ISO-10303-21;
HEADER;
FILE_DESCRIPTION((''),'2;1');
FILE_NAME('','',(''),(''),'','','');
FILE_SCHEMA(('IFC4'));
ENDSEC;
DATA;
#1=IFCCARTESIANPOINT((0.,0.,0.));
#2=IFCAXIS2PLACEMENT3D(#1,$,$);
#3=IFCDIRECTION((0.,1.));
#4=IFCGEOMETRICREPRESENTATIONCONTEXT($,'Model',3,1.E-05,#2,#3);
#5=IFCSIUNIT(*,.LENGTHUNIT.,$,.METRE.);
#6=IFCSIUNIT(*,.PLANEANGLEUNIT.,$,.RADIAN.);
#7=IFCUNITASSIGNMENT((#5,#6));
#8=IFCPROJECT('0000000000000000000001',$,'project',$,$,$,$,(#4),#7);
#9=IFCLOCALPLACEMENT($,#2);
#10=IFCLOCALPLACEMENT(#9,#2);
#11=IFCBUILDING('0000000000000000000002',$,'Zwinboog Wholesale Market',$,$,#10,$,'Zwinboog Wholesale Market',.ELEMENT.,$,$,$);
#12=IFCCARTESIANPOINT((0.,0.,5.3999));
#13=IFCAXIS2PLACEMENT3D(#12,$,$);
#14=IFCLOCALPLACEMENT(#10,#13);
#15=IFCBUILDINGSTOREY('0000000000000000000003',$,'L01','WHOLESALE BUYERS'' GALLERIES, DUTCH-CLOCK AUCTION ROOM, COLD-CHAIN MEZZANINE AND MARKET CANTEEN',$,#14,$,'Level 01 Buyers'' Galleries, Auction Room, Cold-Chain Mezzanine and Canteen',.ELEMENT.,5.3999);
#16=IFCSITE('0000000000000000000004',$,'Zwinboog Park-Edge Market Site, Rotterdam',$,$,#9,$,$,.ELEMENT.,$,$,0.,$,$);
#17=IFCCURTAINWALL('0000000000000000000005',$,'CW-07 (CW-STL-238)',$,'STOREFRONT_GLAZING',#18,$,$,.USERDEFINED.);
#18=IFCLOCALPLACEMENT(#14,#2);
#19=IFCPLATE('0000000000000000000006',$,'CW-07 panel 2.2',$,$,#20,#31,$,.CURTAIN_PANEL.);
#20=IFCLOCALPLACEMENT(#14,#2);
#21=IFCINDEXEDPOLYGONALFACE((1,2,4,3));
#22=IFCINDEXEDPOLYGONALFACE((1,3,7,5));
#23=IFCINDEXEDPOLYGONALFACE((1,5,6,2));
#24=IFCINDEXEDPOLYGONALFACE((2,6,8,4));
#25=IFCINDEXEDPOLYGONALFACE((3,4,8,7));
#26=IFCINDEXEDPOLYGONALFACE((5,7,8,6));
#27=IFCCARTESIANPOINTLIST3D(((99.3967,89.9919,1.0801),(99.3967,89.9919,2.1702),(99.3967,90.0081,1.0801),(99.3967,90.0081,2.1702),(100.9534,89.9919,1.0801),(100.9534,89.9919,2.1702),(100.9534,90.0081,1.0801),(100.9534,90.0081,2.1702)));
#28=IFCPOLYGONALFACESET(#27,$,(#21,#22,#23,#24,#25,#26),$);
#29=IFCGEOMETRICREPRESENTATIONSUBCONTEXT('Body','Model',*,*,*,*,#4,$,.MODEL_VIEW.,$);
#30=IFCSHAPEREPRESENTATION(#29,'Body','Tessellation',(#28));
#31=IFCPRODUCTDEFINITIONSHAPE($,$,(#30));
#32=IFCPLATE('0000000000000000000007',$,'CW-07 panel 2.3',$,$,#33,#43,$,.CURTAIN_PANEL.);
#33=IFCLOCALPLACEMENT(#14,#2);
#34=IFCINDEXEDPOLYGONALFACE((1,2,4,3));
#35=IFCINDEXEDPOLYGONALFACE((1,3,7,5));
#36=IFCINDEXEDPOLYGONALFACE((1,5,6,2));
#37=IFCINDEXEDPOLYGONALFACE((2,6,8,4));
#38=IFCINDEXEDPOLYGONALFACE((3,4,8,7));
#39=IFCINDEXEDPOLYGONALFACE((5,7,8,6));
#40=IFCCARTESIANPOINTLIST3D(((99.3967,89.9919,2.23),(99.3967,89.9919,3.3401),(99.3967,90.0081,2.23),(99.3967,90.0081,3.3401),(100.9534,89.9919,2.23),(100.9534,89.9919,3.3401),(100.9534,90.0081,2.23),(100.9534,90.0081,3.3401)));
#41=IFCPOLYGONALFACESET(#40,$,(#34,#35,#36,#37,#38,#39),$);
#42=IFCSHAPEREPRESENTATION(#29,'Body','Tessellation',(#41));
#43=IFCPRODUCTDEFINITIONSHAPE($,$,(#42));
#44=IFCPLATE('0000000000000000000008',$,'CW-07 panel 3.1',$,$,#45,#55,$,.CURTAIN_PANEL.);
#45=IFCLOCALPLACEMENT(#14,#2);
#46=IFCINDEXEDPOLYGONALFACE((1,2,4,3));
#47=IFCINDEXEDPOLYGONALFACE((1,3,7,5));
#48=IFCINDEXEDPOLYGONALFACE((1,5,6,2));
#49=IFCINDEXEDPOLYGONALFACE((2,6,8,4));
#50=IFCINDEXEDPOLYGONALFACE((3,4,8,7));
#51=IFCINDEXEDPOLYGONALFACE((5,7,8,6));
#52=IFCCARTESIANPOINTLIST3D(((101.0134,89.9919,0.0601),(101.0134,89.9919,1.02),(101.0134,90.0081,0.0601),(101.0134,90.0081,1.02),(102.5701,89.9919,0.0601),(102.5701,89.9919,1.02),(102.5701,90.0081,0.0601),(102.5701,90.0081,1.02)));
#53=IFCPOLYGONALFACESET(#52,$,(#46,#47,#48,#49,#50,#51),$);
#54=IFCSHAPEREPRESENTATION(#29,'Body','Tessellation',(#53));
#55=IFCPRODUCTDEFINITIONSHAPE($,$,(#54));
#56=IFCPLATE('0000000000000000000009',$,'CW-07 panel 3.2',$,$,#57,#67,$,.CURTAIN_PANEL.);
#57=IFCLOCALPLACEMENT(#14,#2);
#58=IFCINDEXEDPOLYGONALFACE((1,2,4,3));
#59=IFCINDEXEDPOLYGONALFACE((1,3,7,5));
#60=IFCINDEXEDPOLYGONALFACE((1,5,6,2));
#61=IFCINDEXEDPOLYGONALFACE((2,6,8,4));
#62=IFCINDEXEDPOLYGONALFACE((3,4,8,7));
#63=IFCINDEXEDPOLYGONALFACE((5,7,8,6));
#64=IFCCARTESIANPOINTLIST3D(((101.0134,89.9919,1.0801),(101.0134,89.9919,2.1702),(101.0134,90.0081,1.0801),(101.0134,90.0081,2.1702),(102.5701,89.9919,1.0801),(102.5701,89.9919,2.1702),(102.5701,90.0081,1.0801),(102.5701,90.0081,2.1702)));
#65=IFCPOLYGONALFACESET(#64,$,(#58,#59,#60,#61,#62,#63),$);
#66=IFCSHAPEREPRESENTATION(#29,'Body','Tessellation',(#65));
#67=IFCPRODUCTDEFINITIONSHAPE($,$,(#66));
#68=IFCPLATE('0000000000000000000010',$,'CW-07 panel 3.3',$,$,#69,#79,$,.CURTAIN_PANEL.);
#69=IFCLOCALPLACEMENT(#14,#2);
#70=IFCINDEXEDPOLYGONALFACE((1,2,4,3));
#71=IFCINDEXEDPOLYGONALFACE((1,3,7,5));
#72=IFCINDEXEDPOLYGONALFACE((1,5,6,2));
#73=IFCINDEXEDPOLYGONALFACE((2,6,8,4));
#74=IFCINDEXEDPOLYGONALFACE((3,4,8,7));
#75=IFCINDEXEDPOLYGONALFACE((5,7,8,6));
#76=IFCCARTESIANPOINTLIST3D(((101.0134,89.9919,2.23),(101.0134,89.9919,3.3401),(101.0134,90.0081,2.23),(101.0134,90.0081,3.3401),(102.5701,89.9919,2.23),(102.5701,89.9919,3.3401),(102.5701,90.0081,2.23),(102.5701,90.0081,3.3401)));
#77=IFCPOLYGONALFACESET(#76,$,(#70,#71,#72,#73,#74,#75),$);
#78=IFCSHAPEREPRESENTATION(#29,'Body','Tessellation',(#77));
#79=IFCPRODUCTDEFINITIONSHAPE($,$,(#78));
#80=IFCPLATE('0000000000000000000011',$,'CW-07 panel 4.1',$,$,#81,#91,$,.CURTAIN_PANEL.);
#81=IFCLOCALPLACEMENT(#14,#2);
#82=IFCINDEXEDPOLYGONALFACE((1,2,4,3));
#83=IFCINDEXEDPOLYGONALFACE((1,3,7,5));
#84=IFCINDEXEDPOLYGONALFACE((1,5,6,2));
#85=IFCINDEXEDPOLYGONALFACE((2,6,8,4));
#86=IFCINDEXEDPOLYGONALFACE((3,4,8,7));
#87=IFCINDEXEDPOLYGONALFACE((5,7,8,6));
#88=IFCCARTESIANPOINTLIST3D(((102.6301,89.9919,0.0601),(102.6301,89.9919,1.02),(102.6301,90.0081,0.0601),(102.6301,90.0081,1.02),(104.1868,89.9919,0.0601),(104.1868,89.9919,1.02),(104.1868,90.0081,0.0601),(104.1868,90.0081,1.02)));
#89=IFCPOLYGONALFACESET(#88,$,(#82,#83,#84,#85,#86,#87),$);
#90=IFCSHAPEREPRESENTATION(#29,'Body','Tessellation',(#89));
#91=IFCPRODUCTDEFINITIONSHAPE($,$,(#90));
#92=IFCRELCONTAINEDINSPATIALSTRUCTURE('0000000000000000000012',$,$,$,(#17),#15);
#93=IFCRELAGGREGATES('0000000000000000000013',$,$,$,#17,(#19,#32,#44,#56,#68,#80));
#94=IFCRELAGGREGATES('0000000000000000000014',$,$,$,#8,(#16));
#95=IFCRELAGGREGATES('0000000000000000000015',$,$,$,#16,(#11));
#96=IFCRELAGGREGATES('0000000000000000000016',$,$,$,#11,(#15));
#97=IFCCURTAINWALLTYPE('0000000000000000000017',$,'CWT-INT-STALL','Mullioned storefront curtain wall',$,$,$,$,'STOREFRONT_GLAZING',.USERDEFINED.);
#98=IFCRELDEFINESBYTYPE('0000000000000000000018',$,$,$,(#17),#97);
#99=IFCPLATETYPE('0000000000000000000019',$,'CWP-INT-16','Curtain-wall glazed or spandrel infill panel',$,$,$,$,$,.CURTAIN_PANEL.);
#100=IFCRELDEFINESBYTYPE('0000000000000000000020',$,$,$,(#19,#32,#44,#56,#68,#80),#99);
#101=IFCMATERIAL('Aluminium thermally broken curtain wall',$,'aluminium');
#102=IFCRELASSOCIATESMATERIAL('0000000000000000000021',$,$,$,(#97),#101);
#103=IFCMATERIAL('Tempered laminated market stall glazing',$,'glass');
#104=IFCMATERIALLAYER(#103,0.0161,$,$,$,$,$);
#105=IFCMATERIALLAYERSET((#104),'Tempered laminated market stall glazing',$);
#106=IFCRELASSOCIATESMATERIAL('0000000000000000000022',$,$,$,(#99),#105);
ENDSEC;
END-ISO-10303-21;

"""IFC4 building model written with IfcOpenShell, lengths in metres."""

from ifc_helpers import new_model, si_unit, direction, frame, origin, origin_2d, place, context, subcontext, project, spatial, rectangle, extrude, material, layer, layer_set, type_object, element, aggregate, save


model = new_model("IFC4")

# Units and contexts
model_context = context("Model", 3, precision=1e-05, world=origin(), true_north=direction((0.0, 1.0)))
body_context = subcontext(model_context, "Body", "Model", "MODEL_VIEW")
ifc_project = project(units=[si_unit("LENGTHUNIT", "METRE"), si_unit("PLANEANGLEUNIT", "RADIAN")], contexts=[model_context])

# Site, building, storey
site_placement = place(None, origin())
site = spatial("IfcSite", under=ifc_project, at=site_placement, Name="Zwinboog Park-Edge Market Site, Rotterdam", CompositionType="ELEMENT", RefElevation=0.0)
building_placement = place(site_placement, origin())
building = spatial("IfcBuilding", under=site, at=building_placement, Name="Zwinboog Wholesale Market", LongName="Zwinboog Wholesale Market", CompositionType="ELEMENT")
storey_placement = place(building_placement, frame((0.0, 0.0, 5.3999)))
storey = spatial("IfcBuildingStorey", under=building, at=storey_placement, Name="L01", Description="WHOLESALE BUYERS' GALLERIES, DUTCH-CLOCK AUCTION ROOM, COLD-CHAIN MEZZANINE AND MARKET CANTEEN", LongName="Level 01 Buyers' Galleries, Auction Room, Cold-Chain Mezzanine and Canteen", CompositionType="ELEMENT", Elevation=5.3999)

# Curtain wall, plates
ifc_material_1 = material(Name="Aluminium thermally broken curtain wall", Category="aluminium")
curtain_wall_type = type_object("IfcCurtainWallType", Name="CWT-INT-STALL", Description="Mullioned storefront curtain wall", ElementType="STOREFRONT_GLAZING", PredefinedType="USERDEFINED", material=ifc_material_1)
curtain_wall_placement = place(storey_placement, origin())
curtain_wall = element("IfcCurtainWall", 1, at=curtain_wall_placement, inside=storey, type_object=curtain_wall_type, Name="CW-07 (CW-STL-238)", ObjectType="STOREFRONT_GLAZING", PredefinedType="USERDEFINED")
ifc_material_2 = material(Name="Tempered laminated market stall glazing", Category="glass")
ifc_layer = layer(ifc_material_2, 0.0161)
ifc_layer_set = layer_set([ifc_layer], Name="Tempered laminated market stall glazing")
plate_type = type_object("IfcPlateType", Name="CWP-INT-16", Description="Curtain-wall glazed or spandrel infill panel", PredefinedType="CURTAIN_PANEL", material=ifc_layer_set)
plate_1_placement = place(storey_placement, frame((100.175, 90.0, 1.0801), z_axis=(0.0, 0.0, 1.0), x_axis=(1.0, 0.0, 0.0)))
plate_1 = element("IfcPlate", 2, at=plate_1_placement, type_object=plate_type, Name="CW-07 panel 2.2", PredefinedType="CURTAIN_PANEL", context=body_context, shape_type="SweptSolid", body=[
    extrude(rectangle(XDim=1.5566, YDim=0.0161, at=origin_2d()), origin(), (0.0, 0.0, 1.0), 1.0901),
])
plate_2_placement = place(storey_placement, frame((100.175, 90.0, 2.23), z_axis=(0.0, 0.0, 1.0), x_axis=(1.0, 0.0, 0.0)))
plate_2 = element("IfcPlate", 3, at=plate_2_placement, type_object=plate_type, Name="CW-07 panel 2.3", PredefinedType="CURTAIN_PANEL", context=body_context, shape_type="SweptSolid", body=[
    extrude(rectangle(XDim=1.5566, YDim=0.0161, at=origin_2d()), origin(), (0.0, 0.0, 1.0), 1.1101),
])
plate_3_placement = place(storey_placement, frame((101.7917, 90.0, 0.0601), z_axis=(0.0, 0.0, 1.0), x_axis=(1.0, 0.0, 0.0)))
plate_3 = element("IfcPlate", 4, at=plate_3_placement, type_object=plate_type, Name="CW-07 panel 3.1", PredefinedType="CURTAIN_PANEL", context=body_context, shape_type="SweptSolid", body=[
    extrude(rectangle(XDim=1.5566, YDim=0.0161, at=origin_2d()), origin(), (0.0, 0.0, 1.0), 0.96),
])
plate_4_placement = place(storey_placement, frame((101.7917, 90.0, 1.0801), z_axis=(0.0, 0.0, 1.0), x_axis=(1.0, 0.0, 0.0)))
plate_4 = element("IfcPlate", 5, at=plate_4_placement, type_object=plate_type, Name="CW-07 panel 3.2", PredefinedType="CURTAIN_PANEL", context=body_context, shape_type="SweptSolid", body=[
    extrude(rectangle(XDim=1.5566, YDim=0.0161, at=origin_2d()), origin(), (0.0, 0.0, 1.0), 1.0901),
])
plate_5_placement = place(storey_placement, frame((101.7917, 90.0, 2.23), z_axis=(0.0, 0.0, 1.0), x_axis=(1.0, 0.0, 0.0)))
plate_5 = element("IfcPlate", 6, at=plate_5_placement, type_object=plate_type, Name="CW-07 panel 3.3", PredefinedType="CURTAIN_PANEL", context=body_context, shape_type="SweptSolid", body=[
    extrude(rectangle(XDim=1.5566, YDim=0.0161, at=origin_2d()), origin(), (0.0, 0.0, 1.0), 1.1101),
])
plate_6_placement = place(storey_placement, frame((103.4084, 90.0, 0.0601), z_axis=(0.0, 0.0, 1.0), x_axis=(1.0, 0.0, 0.0)))
plate_6 = element("IfcPlate", 7, at=plate_6_placement, type_object=plate_type, Name="CW-07 panel 4.1", PredefinedType="CURTAIN_PANEL", context=body_context, shape_type="SweptSolid", body=[
    extrude(rectangle(XDim=1.5566, YDim=0.0161, at=origin_2d()), origin(), (0.0, 0.0, 1.0), 0.96),
])
aggregate(curtain_wall, [plate_1, plate_2, plate_3, plate_4, plate_5, plate_6])

save(model, "model.ifc")
